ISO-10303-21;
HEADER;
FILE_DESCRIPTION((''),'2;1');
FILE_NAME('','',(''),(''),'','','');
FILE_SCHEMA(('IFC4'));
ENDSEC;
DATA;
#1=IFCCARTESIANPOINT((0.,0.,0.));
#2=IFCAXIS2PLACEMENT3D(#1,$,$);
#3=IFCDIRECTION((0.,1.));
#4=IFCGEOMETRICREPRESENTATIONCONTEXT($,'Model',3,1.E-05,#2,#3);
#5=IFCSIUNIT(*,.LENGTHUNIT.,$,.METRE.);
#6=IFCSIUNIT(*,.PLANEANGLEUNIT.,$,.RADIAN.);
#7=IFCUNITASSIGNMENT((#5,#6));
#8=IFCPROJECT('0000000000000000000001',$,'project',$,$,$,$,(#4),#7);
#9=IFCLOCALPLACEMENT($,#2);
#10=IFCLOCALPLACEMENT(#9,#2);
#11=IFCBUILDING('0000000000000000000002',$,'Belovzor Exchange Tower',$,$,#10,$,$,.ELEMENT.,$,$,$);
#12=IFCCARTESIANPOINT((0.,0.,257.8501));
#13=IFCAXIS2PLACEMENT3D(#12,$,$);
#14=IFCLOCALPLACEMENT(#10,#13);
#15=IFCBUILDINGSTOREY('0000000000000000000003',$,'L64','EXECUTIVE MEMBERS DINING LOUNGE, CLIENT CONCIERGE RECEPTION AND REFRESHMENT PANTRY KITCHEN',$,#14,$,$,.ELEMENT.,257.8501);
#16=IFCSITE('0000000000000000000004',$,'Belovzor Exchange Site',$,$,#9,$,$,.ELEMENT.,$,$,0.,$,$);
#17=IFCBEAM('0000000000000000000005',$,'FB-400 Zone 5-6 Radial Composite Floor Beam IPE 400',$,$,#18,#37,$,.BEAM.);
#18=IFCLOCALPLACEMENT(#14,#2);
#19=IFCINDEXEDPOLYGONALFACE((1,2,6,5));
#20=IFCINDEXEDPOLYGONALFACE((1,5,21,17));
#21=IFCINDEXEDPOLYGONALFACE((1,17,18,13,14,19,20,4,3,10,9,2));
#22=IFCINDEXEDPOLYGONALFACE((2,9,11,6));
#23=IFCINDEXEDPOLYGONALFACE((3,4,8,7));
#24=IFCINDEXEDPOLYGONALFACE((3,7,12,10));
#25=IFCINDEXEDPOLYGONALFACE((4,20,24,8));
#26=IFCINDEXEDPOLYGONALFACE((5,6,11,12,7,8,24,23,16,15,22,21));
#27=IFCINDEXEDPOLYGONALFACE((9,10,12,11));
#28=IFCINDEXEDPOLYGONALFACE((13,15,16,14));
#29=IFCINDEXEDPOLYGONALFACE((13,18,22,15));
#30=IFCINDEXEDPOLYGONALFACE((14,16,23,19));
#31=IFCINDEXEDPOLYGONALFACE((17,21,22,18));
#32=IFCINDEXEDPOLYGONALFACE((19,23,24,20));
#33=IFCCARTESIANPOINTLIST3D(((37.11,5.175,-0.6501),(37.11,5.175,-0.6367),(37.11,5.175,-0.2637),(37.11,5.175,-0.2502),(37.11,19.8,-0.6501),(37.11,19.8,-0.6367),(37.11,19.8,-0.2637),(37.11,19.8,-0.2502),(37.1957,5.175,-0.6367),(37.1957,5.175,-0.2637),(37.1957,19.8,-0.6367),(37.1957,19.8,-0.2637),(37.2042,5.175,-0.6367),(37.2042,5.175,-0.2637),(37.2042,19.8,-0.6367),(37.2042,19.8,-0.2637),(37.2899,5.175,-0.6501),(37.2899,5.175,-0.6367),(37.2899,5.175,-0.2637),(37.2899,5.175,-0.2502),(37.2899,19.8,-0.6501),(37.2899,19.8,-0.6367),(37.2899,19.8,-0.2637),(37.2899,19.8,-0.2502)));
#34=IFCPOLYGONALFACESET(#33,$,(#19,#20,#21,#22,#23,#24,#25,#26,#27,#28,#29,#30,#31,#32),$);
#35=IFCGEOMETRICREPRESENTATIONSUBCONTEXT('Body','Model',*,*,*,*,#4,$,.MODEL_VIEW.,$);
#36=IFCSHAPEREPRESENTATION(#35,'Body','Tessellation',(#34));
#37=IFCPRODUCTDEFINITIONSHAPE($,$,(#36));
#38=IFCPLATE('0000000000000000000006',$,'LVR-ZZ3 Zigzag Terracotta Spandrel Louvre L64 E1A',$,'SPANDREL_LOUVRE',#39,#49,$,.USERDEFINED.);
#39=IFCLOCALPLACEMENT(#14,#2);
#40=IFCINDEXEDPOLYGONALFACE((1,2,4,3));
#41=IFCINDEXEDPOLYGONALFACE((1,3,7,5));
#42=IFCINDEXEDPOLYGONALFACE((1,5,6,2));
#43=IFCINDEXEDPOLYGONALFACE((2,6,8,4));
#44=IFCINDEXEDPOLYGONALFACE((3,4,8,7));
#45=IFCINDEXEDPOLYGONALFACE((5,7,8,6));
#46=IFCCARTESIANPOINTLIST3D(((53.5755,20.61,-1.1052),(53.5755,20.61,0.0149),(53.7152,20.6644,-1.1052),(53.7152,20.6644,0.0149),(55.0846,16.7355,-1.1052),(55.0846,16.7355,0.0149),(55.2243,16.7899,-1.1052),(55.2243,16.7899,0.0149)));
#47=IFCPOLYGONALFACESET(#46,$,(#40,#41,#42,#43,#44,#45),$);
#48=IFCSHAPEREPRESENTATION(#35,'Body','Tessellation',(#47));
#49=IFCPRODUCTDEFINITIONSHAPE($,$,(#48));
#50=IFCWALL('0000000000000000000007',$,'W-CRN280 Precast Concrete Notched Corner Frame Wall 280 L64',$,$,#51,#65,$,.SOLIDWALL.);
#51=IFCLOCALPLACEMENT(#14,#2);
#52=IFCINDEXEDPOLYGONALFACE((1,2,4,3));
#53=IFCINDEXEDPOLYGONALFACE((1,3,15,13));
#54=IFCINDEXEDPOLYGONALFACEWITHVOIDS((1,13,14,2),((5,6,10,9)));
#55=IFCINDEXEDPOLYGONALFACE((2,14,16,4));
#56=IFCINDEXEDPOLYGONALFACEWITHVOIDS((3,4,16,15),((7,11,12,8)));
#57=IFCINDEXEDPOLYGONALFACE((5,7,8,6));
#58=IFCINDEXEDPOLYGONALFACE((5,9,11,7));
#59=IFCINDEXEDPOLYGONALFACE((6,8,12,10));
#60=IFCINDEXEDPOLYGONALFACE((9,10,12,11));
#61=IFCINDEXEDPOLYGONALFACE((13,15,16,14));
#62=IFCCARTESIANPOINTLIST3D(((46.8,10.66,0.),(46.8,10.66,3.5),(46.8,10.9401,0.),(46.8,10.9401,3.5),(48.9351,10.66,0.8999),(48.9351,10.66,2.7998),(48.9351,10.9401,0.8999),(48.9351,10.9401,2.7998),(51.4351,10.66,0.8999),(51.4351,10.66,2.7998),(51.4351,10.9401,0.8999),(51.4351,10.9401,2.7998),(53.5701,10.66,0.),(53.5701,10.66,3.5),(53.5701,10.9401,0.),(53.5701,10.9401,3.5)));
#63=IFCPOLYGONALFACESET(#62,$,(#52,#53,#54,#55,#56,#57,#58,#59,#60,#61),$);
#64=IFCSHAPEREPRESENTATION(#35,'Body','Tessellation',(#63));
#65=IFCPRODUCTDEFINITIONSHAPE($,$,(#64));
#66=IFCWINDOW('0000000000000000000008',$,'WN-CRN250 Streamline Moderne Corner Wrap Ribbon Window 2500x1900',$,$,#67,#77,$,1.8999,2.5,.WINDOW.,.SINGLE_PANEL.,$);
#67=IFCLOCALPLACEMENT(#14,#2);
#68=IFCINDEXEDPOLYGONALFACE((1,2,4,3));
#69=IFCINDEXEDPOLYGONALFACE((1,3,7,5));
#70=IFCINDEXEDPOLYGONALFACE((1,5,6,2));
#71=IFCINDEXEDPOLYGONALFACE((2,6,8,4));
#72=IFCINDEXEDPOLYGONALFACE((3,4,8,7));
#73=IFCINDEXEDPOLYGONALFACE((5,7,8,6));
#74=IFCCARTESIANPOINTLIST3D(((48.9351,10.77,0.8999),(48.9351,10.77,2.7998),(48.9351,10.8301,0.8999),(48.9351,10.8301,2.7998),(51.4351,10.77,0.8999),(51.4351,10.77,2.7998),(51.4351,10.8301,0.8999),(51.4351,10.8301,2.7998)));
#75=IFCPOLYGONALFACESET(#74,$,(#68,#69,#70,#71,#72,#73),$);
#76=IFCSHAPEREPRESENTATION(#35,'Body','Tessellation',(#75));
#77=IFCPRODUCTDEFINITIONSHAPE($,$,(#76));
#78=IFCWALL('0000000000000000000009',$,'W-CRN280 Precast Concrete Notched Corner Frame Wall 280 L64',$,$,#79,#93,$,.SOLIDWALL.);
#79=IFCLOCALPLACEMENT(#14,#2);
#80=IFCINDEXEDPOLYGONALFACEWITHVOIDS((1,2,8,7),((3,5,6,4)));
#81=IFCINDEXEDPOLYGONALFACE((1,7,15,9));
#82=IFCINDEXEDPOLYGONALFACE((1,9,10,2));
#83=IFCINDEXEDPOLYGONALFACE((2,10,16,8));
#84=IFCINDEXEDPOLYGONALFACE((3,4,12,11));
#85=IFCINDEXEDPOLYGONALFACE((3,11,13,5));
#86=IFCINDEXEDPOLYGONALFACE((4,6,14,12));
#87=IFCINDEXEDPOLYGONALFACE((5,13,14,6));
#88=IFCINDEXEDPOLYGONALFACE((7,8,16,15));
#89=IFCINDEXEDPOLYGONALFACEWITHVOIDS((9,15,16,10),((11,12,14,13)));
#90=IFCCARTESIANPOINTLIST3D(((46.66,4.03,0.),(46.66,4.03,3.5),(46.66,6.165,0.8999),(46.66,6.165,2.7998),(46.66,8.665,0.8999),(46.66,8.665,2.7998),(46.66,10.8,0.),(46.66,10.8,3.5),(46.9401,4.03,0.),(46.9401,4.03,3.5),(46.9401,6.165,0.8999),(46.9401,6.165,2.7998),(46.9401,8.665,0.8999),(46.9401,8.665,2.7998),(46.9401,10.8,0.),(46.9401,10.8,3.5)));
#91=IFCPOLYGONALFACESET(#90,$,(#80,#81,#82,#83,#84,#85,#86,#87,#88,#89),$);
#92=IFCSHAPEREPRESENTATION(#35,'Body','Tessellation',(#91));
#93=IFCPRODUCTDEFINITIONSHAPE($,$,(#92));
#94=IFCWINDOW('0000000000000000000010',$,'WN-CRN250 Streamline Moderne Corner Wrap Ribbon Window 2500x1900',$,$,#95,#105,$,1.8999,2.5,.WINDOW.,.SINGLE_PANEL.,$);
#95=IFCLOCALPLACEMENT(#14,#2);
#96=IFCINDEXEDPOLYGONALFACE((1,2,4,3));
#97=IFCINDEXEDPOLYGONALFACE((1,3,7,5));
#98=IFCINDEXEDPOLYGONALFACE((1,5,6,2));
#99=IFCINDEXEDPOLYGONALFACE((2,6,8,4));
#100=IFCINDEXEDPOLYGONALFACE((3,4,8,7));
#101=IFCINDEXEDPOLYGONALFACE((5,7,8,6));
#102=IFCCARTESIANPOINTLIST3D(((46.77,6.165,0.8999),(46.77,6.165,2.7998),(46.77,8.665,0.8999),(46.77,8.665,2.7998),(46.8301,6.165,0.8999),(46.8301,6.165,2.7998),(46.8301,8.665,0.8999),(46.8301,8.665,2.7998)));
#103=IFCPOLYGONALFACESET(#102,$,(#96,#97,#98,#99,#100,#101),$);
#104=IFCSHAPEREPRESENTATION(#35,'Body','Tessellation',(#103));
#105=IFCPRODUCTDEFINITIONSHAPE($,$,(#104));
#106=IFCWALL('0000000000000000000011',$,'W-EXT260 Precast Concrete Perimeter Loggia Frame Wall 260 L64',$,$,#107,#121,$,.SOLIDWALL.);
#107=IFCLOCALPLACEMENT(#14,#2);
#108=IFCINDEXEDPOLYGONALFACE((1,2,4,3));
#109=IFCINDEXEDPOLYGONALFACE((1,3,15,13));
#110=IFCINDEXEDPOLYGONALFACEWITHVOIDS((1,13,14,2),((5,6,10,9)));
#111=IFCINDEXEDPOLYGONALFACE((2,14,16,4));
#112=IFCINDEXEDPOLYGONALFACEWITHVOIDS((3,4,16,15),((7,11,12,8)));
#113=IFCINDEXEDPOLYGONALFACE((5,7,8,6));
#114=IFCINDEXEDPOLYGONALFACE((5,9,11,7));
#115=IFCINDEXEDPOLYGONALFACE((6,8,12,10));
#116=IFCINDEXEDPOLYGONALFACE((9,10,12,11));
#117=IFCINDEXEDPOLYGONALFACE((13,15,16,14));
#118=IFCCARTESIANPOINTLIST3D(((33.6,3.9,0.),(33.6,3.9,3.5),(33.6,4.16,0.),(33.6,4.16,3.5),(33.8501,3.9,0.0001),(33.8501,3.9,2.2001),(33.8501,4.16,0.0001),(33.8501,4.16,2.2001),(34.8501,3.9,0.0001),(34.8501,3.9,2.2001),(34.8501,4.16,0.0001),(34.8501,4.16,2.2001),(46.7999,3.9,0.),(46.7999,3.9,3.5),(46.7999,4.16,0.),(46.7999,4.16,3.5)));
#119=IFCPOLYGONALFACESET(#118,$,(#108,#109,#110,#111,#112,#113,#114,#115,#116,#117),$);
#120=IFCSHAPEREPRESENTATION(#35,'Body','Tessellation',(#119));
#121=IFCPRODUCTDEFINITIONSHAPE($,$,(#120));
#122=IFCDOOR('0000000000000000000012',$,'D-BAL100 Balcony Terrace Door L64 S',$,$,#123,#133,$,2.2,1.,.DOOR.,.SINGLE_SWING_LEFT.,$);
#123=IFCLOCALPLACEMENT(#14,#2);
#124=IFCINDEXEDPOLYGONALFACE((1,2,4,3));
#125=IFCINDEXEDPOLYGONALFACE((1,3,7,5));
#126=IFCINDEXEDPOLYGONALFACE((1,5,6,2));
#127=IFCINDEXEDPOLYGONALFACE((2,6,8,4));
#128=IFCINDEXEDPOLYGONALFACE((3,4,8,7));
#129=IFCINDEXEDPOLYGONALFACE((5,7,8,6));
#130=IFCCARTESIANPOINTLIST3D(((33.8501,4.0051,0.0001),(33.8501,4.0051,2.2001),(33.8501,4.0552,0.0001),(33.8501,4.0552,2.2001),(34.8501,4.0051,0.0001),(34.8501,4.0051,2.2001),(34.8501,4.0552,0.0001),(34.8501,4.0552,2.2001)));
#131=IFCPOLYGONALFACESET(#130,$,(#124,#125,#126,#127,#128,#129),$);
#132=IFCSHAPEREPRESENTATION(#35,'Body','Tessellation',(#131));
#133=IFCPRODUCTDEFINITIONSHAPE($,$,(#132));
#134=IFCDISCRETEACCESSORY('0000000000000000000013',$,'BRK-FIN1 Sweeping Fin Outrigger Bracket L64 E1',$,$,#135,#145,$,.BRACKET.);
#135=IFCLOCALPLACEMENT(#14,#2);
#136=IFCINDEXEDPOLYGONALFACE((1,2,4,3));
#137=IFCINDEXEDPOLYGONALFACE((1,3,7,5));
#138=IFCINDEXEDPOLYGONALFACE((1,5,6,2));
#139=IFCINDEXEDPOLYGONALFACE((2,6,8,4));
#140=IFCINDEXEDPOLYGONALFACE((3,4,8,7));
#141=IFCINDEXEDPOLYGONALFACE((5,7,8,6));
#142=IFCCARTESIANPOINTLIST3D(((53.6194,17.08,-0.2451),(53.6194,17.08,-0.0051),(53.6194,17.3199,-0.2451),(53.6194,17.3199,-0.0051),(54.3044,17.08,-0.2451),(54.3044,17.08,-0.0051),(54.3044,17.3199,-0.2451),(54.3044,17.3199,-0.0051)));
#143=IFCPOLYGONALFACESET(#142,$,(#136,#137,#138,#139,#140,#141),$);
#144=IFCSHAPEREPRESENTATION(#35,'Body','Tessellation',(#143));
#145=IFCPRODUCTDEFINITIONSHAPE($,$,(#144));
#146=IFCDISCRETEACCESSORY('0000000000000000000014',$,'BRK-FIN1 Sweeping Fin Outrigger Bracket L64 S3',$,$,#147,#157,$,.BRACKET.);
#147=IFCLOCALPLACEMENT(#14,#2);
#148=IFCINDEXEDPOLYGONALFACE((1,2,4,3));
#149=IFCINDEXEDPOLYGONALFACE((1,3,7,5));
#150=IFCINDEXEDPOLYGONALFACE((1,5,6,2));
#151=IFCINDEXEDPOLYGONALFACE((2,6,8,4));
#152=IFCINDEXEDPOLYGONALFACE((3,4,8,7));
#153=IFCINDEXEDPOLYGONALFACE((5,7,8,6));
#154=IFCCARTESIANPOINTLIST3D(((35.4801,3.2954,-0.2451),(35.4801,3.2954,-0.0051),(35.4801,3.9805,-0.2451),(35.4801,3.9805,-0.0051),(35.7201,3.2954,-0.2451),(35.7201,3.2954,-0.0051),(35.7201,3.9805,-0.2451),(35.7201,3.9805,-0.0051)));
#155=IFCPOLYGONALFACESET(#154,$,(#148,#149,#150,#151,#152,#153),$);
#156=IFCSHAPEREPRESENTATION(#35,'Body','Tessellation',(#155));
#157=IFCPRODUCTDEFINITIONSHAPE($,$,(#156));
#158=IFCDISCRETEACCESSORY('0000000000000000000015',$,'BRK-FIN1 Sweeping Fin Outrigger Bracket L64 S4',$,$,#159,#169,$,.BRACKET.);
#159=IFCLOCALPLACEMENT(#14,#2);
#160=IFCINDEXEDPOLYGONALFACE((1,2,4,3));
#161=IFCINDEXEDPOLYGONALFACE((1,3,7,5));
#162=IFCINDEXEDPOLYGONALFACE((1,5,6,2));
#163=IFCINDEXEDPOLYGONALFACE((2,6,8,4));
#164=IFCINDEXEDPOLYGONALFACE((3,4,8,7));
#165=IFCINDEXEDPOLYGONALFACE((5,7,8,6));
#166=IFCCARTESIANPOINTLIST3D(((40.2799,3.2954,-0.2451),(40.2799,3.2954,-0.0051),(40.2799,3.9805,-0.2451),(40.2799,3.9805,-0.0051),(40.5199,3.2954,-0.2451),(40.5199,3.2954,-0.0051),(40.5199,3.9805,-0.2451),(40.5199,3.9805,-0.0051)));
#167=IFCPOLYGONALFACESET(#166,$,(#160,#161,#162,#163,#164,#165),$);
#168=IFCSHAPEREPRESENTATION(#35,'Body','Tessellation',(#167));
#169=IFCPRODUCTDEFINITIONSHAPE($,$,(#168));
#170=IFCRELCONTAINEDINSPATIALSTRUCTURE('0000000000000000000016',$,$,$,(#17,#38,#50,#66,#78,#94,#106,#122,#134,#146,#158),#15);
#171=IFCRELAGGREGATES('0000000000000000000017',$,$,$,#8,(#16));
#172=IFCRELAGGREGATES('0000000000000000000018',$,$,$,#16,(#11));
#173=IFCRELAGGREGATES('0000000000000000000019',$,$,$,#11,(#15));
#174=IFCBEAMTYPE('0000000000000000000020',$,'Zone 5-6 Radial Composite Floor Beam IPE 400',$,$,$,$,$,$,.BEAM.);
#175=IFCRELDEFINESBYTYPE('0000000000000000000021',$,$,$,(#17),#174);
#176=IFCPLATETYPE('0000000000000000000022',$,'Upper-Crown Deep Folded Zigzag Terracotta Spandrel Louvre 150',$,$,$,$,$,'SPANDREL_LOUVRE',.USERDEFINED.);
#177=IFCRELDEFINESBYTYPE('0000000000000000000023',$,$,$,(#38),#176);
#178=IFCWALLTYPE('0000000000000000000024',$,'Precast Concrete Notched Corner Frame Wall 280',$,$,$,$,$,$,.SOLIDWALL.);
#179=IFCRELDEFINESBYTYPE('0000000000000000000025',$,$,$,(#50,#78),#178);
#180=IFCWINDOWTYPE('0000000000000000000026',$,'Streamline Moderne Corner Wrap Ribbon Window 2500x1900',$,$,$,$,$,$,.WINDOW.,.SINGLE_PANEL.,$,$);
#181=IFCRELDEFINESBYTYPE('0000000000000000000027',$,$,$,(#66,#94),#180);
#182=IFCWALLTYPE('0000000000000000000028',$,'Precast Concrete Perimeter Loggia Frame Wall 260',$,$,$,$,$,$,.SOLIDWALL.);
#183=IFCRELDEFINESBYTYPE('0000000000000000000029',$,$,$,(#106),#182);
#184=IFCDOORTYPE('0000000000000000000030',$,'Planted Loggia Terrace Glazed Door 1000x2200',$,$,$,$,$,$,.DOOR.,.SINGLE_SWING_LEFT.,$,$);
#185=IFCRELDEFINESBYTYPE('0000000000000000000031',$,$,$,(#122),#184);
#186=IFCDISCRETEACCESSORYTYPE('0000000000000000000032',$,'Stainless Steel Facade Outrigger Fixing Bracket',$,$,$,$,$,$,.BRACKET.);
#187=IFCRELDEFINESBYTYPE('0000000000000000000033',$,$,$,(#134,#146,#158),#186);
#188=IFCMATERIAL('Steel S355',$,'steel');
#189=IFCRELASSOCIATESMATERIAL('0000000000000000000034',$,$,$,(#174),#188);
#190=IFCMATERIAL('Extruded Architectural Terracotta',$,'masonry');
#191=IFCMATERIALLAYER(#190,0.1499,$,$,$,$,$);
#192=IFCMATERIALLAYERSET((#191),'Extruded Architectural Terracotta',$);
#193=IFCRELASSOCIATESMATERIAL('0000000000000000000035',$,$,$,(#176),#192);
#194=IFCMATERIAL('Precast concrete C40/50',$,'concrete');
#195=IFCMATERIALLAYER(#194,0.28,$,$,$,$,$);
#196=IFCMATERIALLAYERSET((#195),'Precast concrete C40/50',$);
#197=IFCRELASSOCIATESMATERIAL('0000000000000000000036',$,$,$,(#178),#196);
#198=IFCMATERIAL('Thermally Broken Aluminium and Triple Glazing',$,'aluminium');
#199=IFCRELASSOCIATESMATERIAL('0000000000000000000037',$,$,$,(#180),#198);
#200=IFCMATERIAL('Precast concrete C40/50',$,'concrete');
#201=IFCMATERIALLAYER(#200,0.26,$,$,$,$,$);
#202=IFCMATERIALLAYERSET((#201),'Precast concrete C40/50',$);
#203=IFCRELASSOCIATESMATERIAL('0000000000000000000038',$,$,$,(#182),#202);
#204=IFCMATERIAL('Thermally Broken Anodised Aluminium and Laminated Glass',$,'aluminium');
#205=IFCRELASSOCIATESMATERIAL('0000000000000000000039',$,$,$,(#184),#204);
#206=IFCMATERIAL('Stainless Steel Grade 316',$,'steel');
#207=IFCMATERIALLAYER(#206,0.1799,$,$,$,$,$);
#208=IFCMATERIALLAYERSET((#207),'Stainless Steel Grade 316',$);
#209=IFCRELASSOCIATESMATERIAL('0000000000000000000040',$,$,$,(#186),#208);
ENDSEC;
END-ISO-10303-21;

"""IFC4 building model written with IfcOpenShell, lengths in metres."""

from ifc_helpers import new_model, si_unit, direction, frame, frame_2d, origin, origin_2d, place, context, subcontext, project, spatial, rectangle, i_section, extrude, material, layer, layer_set, material_profile, profile_set, type_object, element, fill, save


model = new_model("IFC4")

# Units and contexts
model_context = context("Model", 3, precision=1e-05, world=origin(), true_north=direction((0.0, 1.0)))
body_context = subcontext(model_context, "Body", "Model", "MODEL_VIEW")
ifc_project = project(units=[si_unit("LENGTHUNIT", "METRE"), si_unit("PLANEANGLEUNIT", "RADIAN")], contexts=[model_context])

# Site, building, storey
site_placement = place(None, origin())
site = spatial("IfcSite", under=ifc_project, at=site_placement, Name="Belovzor Exchange Site", CompositionType="ELEMENT", RefElevation=0.0)
building_placement = place(site_placement, origin())
building = spatial("IfcBuilding", under=site, at=building_placement, Name="Belovzor Exchange Tower", CompositionType="ELEMENT")
storey_placement = place(building_placement, frame((0.0, 0.0, 257.8501)))
storey = spatial("IfcBuildingStorey", under=building, at=storey_placement, Name="L64", Description="EXECUTIVE MEMBERS DINING LOUNGE, CLIENT CONCIERGE RECEPTION AND REFRESHMENT PANTRY KITCHEN", CompositionType="ELEMENT", Elevation=257.8501)

# Beam
ifc_material_1 = material(Name="Steel S355", Category="steel")
ifc_material_profile_1 = material_profile(ifc_material_1, i_section(OverallWidth=0.1799, OverallDepth=0.3999, WebThickness=0.0085, FlangeThickness=0.0134, at=origin_2d()))
ifc_profile_set_1 = profile_set([ifc_material_profile_1], Name="Steel S355")
beam_type_1 = type_object("IfcBeamType", Name="Zone 5-6 Radial Composite Floor Beam IPE 400", PredefinedType="BEAM", material=ifc_profile_set_1)
beam_1_placement = place(storey_placement, frame((37.2, 19.8, -0.4502), z_axis=(0.0, -1.0, 0.0), x_axis=(1.0, 0.0, 0.0)))
element("IfcBeam", 1, at=beam_1_placement, inside=storey, type_object=beam_type_1, Name="FB-400 Zone 5-6 Radial Composite Floor Beam IPE 400", PredefinedType="BEAM", context=body_context, shape_type="SweptSolid", body=[
    extrude(i_section(OverallWidth=0.1799, OverallDepth=0.3999, WebThickness=0.0085, FlangeThickness=0.0134, at=origin_2d()), origin(), (0.0, 0.0, 1.0), 14.625),
])

# Plate
ifc_material_2 = material(Name="Extruded Architectural Terracotta", Category="masonry")
ifc_layer_1 = layer(ifc_material_2, 0.1499)
ifc_layer_set_1 = layer_set([ifc_layer_1], Name="Extruded Architectural Terracotta")
plate_type = type_object("IfcPlateType", Name="Upper-Crown Deep Folded Zigzag Terracotta Spandrel Louvre 150", ElementType="SPANDREL_LOUVRE", PredefinedType="USERDEFINED", material=ifc_layer_set_1)
plate_placement = place(storey_placement, frame((54.3999, 18.7, -1.1052), z_axis=(0.0, 0.0, 1.0), x_axis=(-0.362926, 0.931818, 0.0)))
element("IfcPlate", 2, at=plate_placement, inside=storey, type_object=plate_type, Name="LVR-ZZ3 Zigzag Terracotta Spandrel Louvre L64 E1A", ObjectType="SPANDREL_LOUVRE", PredefinedType="USERDEFINED", context=body_context, shape_type="SweptSolid", body=[
    extrude(rectangle(XDim=4.158, YDim=0.1499, at=origin_2d()), origin(), (0.0, 0.0, 1.0), 1.1201),
])

# Walls, openings, windows
ifc_material_3 = material(Name="Precast concrete C40/50", Category="concrete")
ifc_layer_2 = layer(ifc_material_3, 0.28)
ifc_layer_set_2 = layer_set([ifc_layer_2], Name="Precast concrete C40/50")
wall_type_1 = type_object("IfcWallType", Name="Precast Concrete Notched Corner Frame Wall 280", PredefinedType="SOLIDWALL", material=ifc_layer_set_2)
wall_1_placement = place(storey_placement, frame((53.5701, 10.8, 0.0), z_axis=(0.0, 0.0, 1.0), x_axis=(-1.0, 0.0, 0.0)))
wall_1 = element("IfcWall", 3, at=wall_1_placement, inside=storey, type_object=wall_type_1, Name="W-CRN280 Precast Concrete Notched Corner Frame Wall 280 L64", PredefinedType="SOLIDWALL", context=body_context, shape_type="SweptSolid", body=[
    extrude(rectangle(XDim=6.77, YDim=0.28, at=frame_2d((3.385, 0.0))), origin(), (0.0, 0.0, 1.0), 3.5),
])
opening_1_placement = place(wall_1_placement, frame((2.135, 0.0, 0.8999)))
opening_1 = element("IfcOpeningElement", 4, at=opening_1_placement, cuts=wall_1, PredefinedType="OPENING", context=body_context, shape_type="SweptSolid", body=[
    extrude(rectangle(XDim=2.5, YDim=1.8999, at=frame_2d((1.25, 0.95))), frame((0.0, 0.1499, 0.0), z_axis=(0.0, -1.0, 0.0), x_axis=(1.0, 0.0, 0.0)), (0.0, 0.0, 1.0), 0.3),
])
ifc_material_4 = material(Name="Thermally Broken Aluminium and Triple Glazing", Category="aluminium")
window_type = type_object("IfcWindowType", Name="Streamline Moderne Corner Wrap Ribbon Window 2500x1900", PartitioningType="SINGLE_PANEL", PredefinedType="WINDOW", material=ifc_material_4)
window_1_placement = place(opening_1_placement, origin())
window_1 = element("IfcWindow", 5, at=window_1_placement, inside=storey, type_object=window_type, Name="WN-CRN250 Streamline Moderne Corner Wrap Ribbon Window 2500x1900", OverallHeight=1.8999, OverallWidth=2.5, PartitioningType="SINGLE_PANEL", PredefinedType="WINDOW", context=body_context, shape_type="SweptSolid", body=[
    extrude(rectangle(XDim=2.5, YDim=1.8999, at=frame_2d((1.25, 0.95))), frame((0.0, 0.03, 0.0), z_axis=(0.0, -1.0, 0.0), x_axis=(1.0, 0.0, 0.0)), (0.0, 0.0, 1.0), 0.0601),
])
fill(opening_1, window_1)
wall_2_placement = place(storey_placement, frame((46.8, 10.8, 0.0), z_axis=(0.0, 0.0, 1.0), x_axis=(0.0, -1.0, 0.0)))
wall_2 = element("IfcWall", 6, at=wall_2_placement, inside=storey, type_object=wall_type_1, Name="W-CRN280 Precast Concrete Notched Corner Frame Wall 280 L64", PredefinedType="SOLIDWALL", context=body_context, shape_type="SweptSolid", body=[
    extrude(rectangle(XDim=6.77, YDim=0.28, at=frame_2d((3.385, 0.0))), origin(), (0.0, 0.0, 1.0), 3.5),
])
opening_2_placement = place(wall_2_placement, frame((2.135, 0.0, 0.8999)))
opening_2 = element("IfcOpeningElement", 7, at=opening_2_placement, cuts=wall_2, PredefinedType="OPENING", context=body_context, shape_type="SweptSolid", body=[
    extrude(rectangle(XDim=2.5, YDim=1.8999, at=frame_2d((1.25, 0.95))), frame((0.0, 0.1499, 0.0), z_axis=(0.0, -1.0, 0.0), x_axis=(1.0, 0.0, 0.0)), (0.0, 0.0, 1.0), 0.3),
])
window_2_placement = place(opening_2_placement, origin())
window_2 = element("IfcWindow", 8, at=window_2_placement, inside=storey, type_object=window_type, Name="WN-CRN250 Streamline Moderne Corner Wrap Ribbon Window 2500x1900", OverallHeight=1.8999, OverallWidth=2.5, PartitioningType="SINGLE_PANEL", PredefinedType="WINDOW", context=body_context, shape_type="SweptSolid", body=[
    extrude(rectangle(XDim=2.5, YDim=1.8999, at=frame_2d((1.25, 0.95))), frame((0.0, 0.03, 0.0), z_axis=(0.0, -1.0, 0.0), x_axis=(1.0, 0.0, 0.0)), (0.0, 0.0, 1.0), 0.0601),
])
fill(opening_2, window_2)

# Wall, opening, door
ifc_material_5 = material(Name="Precast concrete C40/50", Category="concrete")
ifc_layer_3 = layer(ifc_material_5, 0.26)
ifc_layer_set_3 = layer_set([ifc_layer_3], Name="Precast concrete C40/50")
wall_type_2 = type_object("IfcWallType", Name="Precast Concrete Perimeter Loggia Frame Wall 260", PredefinedType="SOLIDWALL", material=ifc_layer_set_3)
wall_3_placement = place(storey_placement, frame((46.8, 4.03, 0.0), z_axis=(0.0, 0.0, 1.0), x_axis=(-1.0, 0.0, 0.0)))
wall_3 = element("IfcWall", 9, at=wall_3_placement, inside=storey, type_object=wall_type_2, Name="W-EXT260 Precast Concrete Perimeter Loggia Frame Wall 260 L64", PredefinedType="SOLIDWALL", context=body_context, shape_type="SweptSolid", body=[
    extrude(rectangle(XDim=13.2, YDim=0.26, at=frame_2d((6.6001, 0.0))), origin(), (0.0, 0.0, 1.0), 3.5),
])
opening_3_placement = place(wall_3_placement, frame((11.95, 0.0, 0.0)))
opening_3 = element("IfcOpeningElement", 10, at=opening_3_placement, cuts=wall_3, PredefinedType="OPENING", context=body_context, shape_type="SweptSolid", body=[
    extrude(rectangle(XDim=1.0, YDim=2.2, at=frame_2d((0.5, 1.1001))), frame((0.0, 0.1399, 0.0), z_axis=(0.0, -1.0, 0.0), x_axis=(1.0, 0.0, 0.0)), (0.0, 0.0, 1.0), 0.28),
])
ifc_material_6 = material(Name="Thermally Broken Anodised Aluminium and Laminated Glass", Category="aluminium")
door_type = type_object("IfcDoorType", Name="Planted Loggia Terrace Glazed Door 1000x2200", OperationType="SINGLE_SWING_LEFT", PredefinedType="DOOR", material=ifc_material_6)
door_placement = place(opening_3_placement, origin())
door = element("IfcDoor", 11, at=door_placement, inside=storey, type_object=door_type, Name="D-BAL100 Balcony Terrace Door L64 S", OperationType="SINGLE_SWING_LEFT", OverallHeight=2.2, OverallWidth=1.0, PredefinedType="DOOR", context=body_context, shape_type="SweptSolid", body=[
    extrude(rectangle(XDim=1.0, YDim=2.2, at=frame_2d((0.5, 1.1001))), frame((0.0, 0.0249, 0.0), z_axis=(0.0, -1.0, 0.0), x_axis=(1.0, 0.0, 0.0)), (0.0, 0.0, 1.0), 0.05),
])
fill(opening_3, door)

# Discrete accessories
ifc_material_7 = material(Name="Stainless Steel Grade 316", Category="steel")
ifc_layer_4 = layer(ifc_material_7, 0.1799)
ifc_layer_set_4 = layer_set([ifc_layer_4], Name="Stainless Steel Grade 316")
discrete_accessory_type = type_object("IfcDiscreteAccessoryType", Name="Stainless Steel Facade Outrigger Fixing Bracket", PredefinedType="BRACKET", material=ifc_layer_set_4)
for number, where, z_axis, x_axis, name in (
    (12, (53.9619, 17.2, -0.2451), (0.0, 0.0, 1.0), (1.0, 0.0, 0.0), "BRK-FIN1 Sweeping Fin Outrigger Bracket L64 E1"),
    (13, (35.6001, 3.6379, -0.2451), (0.0, 0.0, 1.0), (0.0, 1.0, 0.0), "BRK-FIN1 Sweeping Fin Outrigger Bracket L64 S3"),
    (14, (40.3999, 3.6379, -0.2451), (0.0, 0.0, 1.0), (0.0, 1.0, 0.0), "BRK-FIN1 Sweeping Fin Outrigger Bracket L64 S4"),
):
    element("IfcDiscreteAccessory", number, at=place(storey_placement, frame(where, z_axis=z_axis, x_axis=x_axis)), inside=storey, type_object=discrete_accessory_type, Name=name, PredefinedType="BRACKET", context=body_context, shape_type="SweptSolid", body=[
        extrude(rectangle(XDim=0.6851, YDim=0.24, at=origin_2d()), origin(), (0.0, 0.0, 1.0), 0.24),
    ])

save(model, "model.ifc")
